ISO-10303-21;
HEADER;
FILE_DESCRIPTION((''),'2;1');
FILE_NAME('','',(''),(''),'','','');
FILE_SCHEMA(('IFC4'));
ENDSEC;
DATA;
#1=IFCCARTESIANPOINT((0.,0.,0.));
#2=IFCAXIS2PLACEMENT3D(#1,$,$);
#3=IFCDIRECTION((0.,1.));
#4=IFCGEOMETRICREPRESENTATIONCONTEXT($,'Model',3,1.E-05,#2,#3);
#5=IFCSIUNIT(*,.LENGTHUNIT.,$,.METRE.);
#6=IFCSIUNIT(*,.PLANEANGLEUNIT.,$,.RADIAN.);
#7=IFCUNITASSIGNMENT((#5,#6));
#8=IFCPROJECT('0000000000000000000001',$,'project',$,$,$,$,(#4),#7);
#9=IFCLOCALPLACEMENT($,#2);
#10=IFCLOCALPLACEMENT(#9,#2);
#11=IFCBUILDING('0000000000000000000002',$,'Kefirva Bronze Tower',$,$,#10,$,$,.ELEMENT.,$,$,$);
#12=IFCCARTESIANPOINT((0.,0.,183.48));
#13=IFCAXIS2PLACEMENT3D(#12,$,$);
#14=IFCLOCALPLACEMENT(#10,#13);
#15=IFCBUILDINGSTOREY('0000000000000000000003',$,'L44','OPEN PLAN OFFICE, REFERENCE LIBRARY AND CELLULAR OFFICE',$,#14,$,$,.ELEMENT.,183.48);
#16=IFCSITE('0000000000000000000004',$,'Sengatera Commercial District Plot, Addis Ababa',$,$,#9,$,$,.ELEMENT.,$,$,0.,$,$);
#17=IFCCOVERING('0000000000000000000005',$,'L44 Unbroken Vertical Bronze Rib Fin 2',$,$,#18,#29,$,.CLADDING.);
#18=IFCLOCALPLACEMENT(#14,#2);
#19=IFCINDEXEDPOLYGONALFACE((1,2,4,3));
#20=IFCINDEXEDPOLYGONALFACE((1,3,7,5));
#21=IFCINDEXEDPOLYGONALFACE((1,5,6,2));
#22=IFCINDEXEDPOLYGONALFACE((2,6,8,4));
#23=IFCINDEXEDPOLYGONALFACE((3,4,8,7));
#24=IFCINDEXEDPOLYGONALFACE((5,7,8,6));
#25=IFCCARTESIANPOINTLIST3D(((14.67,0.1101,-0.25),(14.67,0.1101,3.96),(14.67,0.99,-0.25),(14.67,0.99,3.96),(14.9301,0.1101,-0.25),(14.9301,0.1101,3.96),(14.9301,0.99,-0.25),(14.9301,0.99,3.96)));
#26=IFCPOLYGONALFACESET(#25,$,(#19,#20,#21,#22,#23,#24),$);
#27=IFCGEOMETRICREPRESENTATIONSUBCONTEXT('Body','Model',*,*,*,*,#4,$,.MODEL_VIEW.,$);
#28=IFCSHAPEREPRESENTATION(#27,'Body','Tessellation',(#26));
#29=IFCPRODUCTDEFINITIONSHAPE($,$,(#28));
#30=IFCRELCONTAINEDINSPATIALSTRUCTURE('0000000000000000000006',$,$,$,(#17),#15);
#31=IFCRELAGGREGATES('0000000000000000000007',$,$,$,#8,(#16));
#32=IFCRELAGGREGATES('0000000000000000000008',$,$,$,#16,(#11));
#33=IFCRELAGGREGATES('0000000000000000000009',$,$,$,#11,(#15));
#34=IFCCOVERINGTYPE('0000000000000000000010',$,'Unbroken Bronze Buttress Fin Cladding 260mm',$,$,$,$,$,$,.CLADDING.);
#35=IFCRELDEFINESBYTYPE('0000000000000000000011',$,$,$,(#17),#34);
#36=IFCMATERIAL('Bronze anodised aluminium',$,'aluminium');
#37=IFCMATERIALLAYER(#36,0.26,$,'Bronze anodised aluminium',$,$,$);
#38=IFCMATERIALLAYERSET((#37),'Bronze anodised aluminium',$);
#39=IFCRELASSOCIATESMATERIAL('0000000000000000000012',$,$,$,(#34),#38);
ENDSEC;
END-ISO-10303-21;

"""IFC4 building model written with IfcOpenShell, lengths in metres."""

from ifc_helpers import new_model, si_unit, direction, frame, origin, origin_2d, place, context, subcontext, project, spatial, rectangle, extrude, material, layer, layer_set, type_object, element, save


model = new_model("IFC4")

# Units and contexts
model_context = context("Model", 3, precision=1e-05, world=origin(), true_north=direction((0.0, 1.0)))
body_context = subcontext(model_context, "Body", "Model", "MODEL_VIEW")
ifc_project = project(units=[si_unit("LENGTHUNIT", "METRE"), si_unit("PLANEANGLEUNIT", "RADIAN")], contexts=[model_context])

# Site, building, storey
site_placement = place(None, origin())
site = spatial("IfcSite", under=ifc_project, at=site_placement, Name="Sengatera Commercial District Plot, Addis Ababa", CompositionType="ELEMENT", RefElevation=0.0)
building_placement = place(site_placement, origin())
building = spatial("IfcBuilding", under=site, at=building_placement, Name="Kefirva Bronze Tower", CompositionType="ELEMENT")
storey_placement = place(building_placement, frame((0.0, 0.0, 183.48)))
storey = spatial("IfcBuildingStorey", under=building, at=storey_placement, Name="L44", Description="OPEN PLAN OFFICE, REFERENCE LIBRARY AND CELLULAR OFFICE", CompositionType="ELEMENT", Elevation=183.48)

# Covering
ifc_material_1 = material(Name="Bronze anodised aluminium", Category="aluminium")
ifc_layer_1 = layer(ifc_material_1, 0.26, Name="Bronze anodised aluminium")
ifc_layer_set_1 = layer_set([ifc_layer_1], Name="Bronze anodised aluminium")
covering_type_1 = type_object("IfcCoveringType", Name="Unbroken Bronze Buttress Fin Cladding 260mm", PredefinedType="CLADDING", material=ifc_layer_set_1)
for number, where, z_axis, x_axis, name in (
    (1, (14.8, 0.55, -0.25), (0.0, 0.0, 1.0), (1.0, 0.0, 0.0), "L44 Unbroken Vertical Bronze Rib Fin 2"),
):
    element("IfcCovering", number, at=place(storey_placement, frame(where, z_axis=z_axis, x_axis=x_axis)), inside=storey, type_object=covering_type_1, Name=name, PredefinedType="CLADDING", context=body_context, shape_type="SweptSolid", body=[
        extrude(rectangle(XDim=0.26, YDim=0.8799, at=origin_2d()), origin(), (0.0, 0.0, 1.0), 4.21),
    ])

save(model, "model.ifc")
